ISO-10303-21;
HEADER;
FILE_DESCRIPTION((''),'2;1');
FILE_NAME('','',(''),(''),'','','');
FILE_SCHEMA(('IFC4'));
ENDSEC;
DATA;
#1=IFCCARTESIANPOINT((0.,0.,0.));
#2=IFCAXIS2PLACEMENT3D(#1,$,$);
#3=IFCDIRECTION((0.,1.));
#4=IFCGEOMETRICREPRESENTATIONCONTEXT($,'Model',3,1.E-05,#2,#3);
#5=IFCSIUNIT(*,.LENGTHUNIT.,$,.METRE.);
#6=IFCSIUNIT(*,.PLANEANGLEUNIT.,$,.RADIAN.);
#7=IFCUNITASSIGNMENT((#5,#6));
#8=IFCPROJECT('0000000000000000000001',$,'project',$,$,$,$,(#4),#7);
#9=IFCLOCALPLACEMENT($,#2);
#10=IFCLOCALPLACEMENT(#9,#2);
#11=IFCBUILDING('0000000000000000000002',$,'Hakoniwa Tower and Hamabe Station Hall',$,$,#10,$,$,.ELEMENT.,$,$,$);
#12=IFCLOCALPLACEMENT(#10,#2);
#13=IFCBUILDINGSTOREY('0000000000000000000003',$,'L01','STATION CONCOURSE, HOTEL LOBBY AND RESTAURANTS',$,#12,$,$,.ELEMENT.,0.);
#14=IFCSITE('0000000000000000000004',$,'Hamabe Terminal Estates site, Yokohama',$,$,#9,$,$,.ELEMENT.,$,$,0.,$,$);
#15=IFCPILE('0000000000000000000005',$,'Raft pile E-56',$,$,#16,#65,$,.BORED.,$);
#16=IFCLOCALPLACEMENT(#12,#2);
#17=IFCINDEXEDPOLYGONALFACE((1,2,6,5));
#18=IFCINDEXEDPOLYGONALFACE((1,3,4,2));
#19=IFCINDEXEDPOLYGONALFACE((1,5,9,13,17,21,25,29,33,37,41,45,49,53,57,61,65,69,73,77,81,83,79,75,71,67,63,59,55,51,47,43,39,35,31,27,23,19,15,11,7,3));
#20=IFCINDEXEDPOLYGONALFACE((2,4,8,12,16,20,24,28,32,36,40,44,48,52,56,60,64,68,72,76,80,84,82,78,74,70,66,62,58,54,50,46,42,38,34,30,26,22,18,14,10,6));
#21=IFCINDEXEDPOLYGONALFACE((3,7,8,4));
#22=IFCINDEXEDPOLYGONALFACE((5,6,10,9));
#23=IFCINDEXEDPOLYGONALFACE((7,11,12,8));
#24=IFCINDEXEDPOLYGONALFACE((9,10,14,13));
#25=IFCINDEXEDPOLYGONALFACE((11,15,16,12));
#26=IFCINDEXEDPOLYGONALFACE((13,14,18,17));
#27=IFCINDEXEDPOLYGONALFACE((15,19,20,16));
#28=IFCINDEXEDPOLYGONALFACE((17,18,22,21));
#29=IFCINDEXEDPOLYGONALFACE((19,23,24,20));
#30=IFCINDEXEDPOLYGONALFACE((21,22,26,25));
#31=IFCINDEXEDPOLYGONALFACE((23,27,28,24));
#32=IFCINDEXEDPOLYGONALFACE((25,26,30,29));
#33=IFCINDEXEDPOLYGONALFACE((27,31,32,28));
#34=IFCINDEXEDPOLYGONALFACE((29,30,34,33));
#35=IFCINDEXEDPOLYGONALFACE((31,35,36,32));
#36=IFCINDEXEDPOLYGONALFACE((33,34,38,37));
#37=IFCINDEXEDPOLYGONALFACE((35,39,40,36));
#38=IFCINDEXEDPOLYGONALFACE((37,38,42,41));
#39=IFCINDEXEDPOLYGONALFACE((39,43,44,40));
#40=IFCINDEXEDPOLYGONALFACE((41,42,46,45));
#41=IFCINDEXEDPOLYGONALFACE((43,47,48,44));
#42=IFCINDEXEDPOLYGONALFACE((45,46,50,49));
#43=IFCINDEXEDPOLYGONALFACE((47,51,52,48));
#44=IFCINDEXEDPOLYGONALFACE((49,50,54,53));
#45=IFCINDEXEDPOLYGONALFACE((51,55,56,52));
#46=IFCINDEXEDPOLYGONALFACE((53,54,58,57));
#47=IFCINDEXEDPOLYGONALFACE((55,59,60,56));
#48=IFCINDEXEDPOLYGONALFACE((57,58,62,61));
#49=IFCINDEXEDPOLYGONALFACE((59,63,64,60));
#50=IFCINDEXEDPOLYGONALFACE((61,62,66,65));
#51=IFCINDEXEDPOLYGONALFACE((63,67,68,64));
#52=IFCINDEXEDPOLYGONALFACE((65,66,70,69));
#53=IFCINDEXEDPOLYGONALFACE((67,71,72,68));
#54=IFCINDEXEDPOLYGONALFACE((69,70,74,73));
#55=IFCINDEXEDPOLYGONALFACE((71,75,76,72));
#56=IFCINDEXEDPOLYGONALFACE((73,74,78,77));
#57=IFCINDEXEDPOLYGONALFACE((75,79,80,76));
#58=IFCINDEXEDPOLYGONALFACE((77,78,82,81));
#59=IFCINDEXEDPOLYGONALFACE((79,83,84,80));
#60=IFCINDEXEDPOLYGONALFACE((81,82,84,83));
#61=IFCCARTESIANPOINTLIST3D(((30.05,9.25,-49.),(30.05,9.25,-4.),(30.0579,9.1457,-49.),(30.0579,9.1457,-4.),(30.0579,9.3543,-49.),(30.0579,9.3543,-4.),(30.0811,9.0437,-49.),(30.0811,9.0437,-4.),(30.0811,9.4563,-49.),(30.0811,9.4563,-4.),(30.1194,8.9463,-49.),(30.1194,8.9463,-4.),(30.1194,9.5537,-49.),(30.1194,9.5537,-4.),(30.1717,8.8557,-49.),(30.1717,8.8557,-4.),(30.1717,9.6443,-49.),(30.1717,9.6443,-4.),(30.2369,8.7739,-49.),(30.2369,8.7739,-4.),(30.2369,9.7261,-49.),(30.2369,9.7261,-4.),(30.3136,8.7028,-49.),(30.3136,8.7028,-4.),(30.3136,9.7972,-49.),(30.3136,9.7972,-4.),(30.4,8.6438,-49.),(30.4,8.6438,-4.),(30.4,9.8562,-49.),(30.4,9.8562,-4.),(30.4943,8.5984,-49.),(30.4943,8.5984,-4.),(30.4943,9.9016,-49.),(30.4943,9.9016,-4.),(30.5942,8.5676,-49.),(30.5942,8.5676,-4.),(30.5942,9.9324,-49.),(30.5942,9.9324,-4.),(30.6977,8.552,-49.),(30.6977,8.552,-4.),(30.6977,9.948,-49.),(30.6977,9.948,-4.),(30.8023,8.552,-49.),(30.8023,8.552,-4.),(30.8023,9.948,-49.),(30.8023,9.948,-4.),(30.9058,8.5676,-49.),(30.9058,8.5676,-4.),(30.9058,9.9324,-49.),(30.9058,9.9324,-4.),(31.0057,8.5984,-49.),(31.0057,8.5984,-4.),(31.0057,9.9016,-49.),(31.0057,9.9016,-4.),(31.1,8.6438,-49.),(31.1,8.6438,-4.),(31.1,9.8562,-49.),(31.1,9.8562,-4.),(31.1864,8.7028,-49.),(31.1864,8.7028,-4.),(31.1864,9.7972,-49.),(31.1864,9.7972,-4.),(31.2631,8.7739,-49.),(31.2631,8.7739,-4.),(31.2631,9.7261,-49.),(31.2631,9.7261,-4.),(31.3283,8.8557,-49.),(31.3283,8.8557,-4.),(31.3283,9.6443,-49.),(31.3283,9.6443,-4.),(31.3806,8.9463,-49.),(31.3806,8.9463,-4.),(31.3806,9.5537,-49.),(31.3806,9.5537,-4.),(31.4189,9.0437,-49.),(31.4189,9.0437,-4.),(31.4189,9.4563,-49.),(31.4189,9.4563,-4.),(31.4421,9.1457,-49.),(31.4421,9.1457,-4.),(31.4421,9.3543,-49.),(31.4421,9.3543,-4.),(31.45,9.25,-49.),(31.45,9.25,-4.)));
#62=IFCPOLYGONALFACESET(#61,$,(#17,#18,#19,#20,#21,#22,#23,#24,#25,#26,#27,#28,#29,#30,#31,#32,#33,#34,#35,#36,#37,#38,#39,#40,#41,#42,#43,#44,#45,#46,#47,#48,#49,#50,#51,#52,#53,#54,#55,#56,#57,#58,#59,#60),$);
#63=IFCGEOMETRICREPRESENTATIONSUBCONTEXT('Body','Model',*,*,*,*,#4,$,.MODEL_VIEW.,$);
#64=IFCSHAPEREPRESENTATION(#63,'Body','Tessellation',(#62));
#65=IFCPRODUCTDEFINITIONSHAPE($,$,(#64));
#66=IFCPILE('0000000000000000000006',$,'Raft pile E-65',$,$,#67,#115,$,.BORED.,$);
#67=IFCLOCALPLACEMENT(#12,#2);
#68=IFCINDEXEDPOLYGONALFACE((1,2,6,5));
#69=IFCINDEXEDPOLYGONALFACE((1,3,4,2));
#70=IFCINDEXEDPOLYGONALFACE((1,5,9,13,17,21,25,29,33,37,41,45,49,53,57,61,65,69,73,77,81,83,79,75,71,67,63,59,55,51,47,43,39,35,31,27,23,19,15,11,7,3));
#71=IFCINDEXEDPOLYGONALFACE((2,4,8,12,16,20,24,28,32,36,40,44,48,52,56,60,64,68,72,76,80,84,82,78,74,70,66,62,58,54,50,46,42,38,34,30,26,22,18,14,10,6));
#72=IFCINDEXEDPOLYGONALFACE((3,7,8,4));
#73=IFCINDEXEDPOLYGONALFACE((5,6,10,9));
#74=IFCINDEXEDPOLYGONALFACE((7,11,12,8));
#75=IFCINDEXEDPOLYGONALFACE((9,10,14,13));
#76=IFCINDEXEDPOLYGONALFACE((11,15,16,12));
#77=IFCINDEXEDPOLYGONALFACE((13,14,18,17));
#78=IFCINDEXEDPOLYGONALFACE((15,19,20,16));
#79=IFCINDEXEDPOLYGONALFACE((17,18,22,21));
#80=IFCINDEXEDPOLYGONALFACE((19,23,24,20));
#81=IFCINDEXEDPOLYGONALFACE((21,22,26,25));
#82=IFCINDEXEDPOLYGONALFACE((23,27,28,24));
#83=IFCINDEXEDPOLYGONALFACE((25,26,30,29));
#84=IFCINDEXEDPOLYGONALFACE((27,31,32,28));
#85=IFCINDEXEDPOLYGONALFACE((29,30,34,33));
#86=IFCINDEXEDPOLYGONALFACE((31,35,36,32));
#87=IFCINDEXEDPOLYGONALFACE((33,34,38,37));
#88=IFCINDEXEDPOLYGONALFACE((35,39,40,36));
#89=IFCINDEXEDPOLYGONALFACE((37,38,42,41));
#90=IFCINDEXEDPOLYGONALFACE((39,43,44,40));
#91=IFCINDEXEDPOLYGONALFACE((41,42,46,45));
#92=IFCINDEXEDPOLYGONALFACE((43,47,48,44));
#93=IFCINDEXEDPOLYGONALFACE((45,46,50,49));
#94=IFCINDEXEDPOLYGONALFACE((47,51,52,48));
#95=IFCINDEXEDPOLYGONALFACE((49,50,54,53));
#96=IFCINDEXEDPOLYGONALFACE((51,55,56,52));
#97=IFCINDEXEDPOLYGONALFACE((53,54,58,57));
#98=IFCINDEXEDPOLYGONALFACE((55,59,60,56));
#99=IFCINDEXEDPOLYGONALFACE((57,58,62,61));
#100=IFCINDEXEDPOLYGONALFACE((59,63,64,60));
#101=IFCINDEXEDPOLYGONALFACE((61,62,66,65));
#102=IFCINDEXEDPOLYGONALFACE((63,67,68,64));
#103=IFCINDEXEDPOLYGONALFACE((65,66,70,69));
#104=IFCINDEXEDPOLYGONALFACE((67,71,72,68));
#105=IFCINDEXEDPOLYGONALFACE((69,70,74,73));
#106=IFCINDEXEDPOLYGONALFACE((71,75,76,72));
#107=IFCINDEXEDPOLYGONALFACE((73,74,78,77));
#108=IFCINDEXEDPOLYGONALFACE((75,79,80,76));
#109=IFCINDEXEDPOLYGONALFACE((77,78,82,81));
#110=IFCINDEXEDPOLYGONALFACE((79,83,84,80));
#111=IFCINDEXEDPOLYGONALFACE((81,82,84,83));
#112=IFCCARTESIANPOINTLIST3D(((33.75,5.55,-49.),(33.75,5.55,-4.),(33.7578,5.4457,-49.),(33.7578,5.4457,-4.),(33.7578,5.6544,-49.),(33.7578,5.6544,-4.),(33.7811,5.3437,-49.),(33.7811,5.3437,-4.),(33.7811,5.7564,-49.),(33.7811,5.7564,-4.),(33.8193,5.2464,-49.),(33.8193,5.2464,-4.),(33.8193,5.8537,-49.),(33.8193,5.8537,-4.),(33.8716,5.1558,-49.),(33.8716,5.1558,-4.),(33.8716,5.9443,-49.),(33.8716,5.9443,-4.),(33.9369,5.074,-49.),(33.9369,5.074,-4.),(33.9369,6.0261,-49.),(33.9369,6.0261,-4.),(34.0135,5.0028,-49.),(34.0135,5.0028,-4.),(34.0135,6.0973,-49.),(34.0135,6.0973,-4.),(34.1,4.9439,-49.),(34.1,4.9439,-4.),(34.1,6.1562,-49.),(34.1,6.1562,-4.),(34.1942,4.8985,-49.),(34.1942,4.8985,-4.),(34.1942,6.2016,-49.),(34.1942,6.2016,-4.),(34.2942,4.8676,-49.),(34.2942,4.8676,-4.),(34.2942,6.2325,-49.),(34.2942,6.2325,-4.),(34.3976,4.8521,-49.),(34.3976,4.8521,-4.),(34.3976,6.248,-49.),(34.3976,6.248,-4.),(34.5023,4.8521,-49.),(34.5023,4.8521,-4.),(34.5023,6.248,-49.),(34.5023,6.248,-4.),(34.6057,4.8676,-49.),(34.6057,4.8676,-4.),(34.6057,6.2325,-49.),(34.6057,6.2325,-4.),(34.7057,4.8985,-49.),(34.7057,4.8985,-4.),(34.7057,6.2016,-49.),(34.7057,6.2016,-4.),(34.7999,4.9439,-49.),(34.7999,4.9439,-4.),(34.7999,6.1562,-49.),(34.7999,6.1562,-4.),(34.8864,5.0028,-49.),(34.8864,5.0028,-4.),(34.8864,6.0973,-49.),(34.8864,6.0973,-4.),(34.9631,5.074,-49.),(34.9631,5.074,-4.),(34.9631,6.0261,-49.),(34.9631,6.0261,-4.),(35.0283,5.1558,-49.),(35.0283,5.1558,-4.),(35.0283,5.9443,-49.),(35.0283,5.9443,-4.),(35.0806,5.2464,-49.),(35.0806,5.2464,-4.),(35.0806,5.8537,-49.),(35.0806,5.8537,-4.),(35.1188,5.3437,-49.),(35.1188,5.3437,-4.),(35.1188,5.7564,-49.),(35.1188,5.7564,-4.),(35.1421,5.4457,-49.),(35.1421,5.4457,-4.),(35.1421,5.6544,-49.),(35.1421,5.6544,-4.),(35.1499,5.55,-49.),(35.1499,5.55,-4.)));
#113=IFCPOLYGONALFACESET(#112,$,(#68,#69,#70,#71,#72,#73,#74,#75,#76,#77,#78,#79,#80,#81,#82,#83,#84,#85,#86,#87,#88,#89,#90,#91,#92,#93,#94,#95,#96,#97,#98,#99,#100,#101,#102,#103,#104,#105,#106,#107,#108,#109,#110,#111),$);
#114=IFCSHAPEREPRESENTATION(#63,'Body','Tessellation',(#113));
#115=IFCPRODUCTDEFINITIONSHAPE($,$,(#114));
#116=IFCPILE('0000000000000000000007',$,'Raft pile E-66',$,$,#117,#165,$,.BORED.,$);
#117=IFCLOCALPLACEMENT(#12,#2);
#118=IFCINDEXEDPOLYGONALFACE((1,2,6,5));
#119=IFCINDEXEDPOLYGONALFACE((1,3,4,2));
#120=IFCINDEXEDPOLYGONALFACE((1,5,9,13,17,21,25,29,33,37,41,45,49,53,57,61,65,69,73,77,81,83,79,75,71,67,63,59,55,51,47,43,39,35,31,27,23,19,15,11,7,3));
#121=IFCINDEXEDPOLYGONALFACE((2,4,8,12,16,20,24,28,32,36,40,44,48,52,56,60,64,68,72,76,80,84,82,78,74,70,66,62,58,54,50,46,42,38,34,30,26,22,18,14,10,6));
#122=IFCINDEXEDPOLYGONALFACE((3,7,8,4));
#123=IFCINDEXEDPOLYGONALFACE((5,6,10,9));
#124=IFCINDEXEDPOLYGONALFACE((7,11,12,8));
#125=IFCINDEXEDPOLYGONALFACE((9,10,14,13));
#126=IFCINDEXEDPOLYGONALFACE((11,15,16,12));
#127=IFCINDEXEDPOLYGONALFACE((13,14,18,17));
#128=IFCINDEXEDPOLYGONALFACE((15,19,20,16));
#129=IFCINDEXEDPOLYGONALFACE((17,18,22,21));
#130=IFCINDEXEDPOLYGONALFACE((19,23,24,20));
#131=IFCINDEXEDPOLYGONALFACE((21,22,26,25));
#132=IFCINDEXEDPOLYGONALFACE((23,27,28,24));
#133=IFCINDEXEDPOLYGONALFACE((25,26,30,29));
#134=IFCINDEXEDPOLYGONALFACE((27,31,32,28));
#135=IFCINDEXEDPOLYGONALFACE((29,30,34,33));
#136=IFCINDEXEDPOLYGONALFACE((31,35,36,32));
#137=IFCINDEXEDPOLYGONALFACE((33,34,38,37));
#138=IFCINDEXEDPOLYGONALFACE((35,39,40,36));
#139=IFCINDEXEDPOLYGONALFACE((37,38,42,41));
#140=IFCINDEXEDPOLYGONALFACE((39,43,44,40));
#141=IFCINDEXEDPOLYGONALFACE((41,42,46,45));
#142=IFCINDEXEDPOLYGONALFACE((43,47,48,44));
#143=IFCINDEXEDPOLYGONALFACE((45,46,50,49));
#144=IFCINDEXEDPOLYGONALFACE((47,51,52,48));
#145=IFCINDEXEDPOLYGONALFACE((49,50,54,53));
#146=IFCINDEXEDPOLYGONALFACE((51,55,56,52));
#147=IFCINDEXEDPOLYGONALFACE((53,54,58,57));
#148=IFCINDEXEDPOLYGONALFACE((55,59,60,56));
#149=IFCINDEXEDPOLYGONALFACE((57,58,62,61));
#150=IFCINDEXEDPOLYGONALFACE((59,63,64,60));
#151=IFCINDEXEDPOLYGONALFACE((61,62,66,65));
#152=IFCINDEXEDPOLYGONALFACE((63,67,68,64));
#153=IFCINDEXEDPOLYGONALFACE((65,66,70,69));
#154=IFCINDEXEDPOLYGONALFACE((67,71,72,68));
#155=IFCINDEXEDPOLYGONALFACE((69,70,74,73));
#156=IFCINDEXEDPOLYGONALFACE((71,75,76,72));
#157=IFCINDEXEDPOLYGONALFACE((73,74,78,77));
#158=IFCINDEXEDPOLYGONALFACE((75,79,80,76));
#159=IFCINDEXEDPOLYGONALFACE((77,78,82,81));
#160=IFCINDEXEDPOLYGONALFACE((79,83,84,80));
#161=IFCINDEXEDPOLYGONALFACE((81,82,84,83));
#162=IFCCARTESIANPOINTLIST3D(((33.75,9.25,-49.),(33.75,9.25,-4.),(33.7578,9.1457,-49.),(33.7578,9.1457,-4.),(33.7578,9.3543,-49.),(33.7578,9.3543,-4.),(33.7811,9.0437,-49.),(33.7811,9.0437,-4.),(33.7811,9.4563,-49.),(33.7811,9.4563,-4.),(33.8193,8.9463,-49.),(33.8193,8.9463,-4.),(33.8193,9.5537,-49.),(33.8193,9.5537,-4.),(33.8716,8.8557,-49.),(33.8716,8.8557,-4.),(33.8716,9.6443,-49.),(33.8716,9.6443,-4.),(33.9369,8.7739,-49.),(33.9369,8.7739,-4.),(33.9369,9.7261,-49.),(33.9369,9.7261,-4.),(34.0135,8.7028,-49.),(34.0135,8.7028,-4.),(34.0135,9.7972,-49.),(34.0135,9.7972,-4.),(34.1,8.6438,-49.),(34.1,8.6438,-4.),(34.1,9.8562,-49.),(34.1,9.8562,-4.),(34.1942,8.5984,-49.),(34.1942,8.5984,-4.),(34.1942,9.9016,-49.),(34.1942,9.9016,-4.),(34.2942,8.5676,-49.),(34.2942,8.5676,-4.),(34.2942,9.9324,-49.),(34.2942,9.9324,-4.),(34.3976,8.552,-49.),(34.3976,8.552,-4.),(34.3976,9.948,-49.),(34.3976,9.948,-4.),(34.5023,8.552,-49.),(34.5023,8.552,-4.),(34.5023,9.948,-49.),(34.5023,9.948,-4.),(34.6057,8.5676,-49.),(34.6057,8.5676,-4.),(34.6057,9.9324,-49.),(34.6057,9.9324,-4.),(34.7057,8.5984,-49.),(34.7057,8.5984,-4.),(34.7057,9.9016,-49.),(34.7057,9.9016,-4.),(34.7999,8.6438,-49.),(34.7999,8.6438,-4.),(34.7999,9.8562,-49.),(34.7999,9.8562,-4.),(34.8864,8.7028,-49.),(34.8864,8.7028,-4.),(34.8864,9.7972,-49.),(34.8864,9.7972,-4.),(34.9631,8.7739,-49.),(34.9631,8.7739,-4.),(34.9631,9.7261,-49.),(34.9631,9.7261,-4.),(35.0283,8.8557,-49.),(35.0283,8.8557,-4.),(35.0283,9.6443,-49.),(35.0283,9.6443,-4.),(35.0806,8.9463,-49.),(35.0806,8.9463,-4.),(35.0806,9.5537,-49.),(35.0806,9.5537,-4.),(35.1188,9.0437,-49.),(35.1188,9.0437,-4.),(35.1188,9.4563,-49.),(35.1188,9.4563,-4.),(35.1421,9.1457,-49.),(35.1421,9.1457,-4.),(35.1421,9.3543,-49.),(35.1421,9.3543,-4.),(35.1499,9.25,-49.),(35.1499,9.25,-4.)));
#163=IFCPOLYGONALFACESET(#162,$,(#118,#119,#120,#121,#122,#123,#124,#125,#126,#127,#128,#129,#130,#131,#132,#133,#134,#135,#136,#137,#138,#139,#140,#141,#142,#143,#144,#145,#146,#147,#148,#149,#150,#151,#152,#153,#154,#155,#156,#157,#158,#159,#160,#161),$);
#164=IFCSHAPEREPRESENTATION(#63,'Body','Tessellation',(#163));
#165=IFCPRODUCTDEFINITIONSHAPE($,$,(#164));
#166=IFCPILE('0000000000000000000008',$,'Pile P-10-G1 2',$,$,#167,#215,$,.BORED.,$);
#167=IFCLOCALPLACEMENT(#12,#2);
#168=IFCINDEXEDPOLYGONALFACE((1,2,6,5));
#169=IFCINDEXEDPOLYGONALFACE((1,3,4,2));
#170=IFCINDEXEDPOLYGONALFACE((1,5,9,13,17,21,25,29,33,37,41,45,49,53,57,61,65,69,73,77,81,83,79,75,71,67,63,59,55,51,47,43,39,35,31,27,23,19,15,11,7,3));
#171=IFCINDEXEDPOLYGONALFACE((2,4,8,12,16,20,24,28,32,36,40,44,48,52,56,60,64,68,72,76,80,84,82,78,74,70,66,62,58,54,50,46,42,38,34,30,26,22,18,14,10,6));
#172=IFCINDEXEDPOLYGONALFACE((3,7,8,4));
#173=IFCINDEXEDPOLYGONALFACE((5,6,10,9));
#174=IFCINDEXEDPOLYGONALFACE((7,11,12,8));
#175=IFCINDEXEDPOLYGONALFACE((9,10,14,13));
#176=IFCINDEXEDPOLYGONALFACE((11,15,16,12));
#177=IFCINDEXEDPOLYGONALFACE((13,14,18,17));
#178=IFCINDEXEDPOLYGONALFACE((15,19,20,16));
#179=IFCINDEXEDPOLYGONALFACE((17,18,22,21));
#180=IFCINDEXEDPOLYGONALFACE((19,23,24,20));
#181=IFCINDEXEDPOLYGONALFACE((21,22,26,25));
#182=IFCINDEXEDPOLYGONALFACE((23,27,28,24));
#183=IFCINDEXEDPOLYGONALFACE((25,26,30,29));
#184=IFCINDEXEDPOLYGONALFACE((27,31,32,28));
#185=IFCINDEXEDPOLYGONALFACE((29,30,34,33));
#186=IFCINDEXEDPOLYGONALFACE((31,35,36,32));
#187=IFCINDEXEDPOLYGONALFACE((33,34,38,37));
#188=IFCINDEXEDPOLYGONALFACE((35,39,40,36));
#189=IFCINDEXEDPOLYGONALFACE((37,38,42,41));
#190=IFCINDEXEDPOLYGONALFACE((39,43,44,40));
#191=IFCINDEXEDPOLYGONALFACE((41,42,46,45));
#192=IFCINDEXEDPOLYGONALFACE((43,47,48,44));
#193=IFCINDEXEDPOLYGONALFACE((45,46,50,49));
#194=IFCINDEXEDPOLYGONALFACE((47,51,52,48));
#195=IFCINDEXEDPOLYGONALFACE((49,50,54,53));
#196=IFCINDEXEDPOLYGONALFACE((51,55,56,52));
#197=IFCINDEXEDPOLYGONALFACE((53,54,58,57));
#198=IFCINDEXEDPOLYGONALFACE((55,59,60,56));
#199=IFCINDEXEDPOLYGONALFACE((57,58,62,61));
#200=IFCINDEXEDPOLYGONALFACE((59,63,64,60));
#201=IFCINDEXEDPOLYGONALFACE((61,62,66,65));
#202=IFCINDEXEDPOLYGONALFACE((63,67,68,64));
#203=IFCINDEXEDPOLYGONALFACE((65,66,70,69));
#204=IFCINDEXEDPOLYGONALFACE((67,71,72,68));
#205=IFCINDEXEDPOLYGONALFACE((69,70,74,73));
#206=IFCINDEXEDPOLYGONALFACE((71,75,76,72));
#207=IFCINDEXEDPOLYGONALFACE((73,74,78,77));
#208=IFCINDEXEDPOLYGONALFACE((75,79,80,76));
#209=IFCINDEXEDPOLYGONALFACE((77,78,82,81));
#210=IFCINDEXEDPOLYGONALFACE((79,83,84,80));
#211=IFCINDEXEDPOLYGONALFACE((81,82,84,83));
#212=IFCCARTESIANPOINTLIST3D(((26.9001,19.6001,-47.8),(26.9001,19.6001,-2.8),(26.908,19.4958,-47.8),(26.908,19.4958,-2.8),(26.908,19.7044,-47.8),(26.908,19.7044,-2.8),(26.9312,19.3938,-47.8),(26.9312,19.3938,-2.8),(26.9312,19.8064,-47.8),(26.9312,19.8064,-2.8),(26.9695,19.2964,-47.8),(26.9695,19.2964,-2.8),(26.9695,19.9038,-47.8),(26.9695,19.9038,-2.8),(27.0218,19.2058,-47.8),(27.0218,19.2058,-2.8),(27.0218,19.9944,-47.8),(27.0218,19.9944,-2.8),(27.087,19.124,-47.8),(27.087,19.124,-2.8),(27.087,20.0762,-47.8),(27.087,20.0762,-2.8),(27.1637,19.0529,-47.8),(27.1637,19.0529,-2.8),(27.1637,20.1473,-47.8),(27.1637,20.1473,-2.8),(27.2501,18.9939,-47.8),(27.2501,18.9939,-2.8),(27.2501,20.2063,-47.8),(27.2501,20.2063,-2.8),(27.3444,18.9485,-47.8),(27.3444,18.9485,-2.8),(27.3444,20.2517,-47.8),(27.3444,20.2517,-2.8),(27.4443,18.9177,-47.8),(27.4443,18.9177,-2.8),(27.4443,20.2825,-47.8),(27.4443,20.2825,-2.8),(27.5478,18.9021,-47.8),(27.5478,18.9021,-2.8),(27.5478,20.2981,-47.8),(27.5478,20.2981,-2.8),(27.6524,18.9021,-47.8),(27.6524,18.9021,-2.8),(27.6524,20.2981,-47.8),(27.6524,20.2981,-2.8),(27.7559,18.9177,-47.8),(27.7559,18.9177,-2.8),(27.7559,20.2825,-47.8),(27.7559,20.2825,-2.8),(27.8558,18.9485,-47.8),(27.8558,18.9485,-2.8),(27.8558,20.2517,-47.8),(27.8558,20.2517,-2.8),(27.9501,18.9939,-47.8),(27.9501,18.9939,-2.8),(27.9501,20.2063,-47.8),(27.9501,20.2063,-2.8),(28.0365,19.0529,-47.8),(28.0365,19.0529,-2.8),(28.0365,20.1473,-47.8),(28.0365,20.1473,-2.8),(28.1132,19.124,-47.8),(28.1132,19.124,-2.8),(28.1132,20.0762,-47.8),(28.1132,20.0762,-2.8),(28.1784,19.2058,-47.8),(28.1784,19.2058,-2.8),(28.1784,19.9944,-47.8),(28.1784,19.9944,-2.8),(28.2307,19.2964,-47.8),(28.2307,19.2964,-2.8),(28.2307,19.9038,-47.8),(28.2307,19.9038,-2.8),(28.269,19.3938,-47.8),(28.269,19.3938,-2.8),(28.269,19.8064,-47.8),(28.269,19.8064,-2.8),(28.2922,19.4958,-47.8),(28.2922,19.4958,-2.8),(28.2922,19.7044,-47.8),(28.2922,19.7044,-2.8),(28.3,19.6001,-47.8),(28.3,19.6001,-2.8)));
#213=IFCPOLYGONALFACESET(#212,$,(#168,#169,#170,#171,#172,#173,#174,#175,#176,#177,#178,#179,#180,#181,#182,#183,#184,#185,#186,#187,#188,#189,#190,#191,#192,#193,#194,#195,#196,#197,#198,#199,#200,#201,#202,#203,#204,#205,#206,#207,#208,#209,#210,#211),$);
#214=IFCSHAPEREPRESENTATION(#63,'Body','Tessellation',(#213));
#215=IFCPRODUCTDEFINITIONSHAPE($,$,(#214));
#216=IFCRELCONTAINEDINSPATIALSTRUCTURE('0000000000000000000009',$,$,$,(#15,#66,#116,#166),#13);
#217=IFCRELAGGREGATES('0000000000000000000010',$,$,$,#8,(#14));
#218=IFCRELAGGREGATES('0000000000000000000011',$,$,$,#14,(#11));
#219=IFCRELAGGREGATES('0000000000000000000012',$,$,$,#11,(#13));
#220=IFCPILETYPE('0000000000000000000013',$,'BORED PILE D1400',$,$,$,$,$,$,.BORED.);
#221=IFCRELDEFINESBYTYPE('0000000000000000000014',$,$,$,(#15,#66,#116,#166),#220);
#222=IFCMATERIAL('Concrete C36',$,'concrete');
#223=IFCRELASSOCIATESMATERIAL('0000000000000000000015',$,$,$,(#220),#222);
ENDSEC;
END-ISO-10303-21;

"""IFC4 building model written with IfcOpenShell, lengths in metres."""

from ifc_helpers import new_model, si_unit, direction, frame, origin, origin_2d, place, context, subcontext, project, spatial, circle, extrude, material, material_profile, profile_set, type_object, element, save


model = new_model("IFC4")

# Units and contexts
model_context = context("Model", 3, precision=1e-05, world=origin(), true_north=direction((0.0, 1.0)))
body_context = subcontext(model_context, "Body", "Model", "MODEL_VIEW")
ifc_project = project(units=[si_unit("LENGTHUNIT", "METRE"), si_unit("PLANEANGLEUNIT", "RADIAN")], contexts=[model_context])

# Site, building, storey
site_placement = place(None, origin())
site = spatial("IfcSite", under=ifc_project, at=site_placement, Name="Hamabe Terminal Estates site, Yokohama", CompositionType="ELEMENT", RefElevation=0.0)
building_placement = place(site_placement, origin())
building = spatial("IfcBuilding", under=site, at=building_placement, Name="Hakoniwa Tower and Hamabe Station Hall", CompositionType="ELEMENT")
storey_placement = place(building_placement, origin())
storey = spatial("IfcBuildingStorey", under=building, at=storey_placement, Name="L01", Description="STATION CONCOURSE, HOTEL LOBBY AND RESTAURANTS", CompositionType="ELEMENT", Elevation=0.0)

# Piles
ifc_material_1 = material(Name="Concrete C36", Category="concrete")
ifc_material_profile_1 = material_profile(ifc_material_1, circle(Radius=0.7, at=origin_2d()), Name="BORED PILE D1400")
ifc_profile_set_1 = profile_set([ifc_material_profile_1], Name="Concrete C36")
pile_type = type_object("IfcPileType", Name="BORED PILE D1400", PredefinedType="BORED", material=ifc_profile_set_1)
for number, where, z_axis, x_axis, name in (
    (1, (30.75, 9.25, -4.0), (0.0, 0.0, -1.0), (1.0, 0.0, 0.0), "Raft pile E-56"),
    (2, (34.45, 5.55, -4.0), (0.0, 0.0, -1.0), (1.0, 0.0, 0.0), "Raft pile E-65"),
    (3, (34.45, 9.25, -4.0), (0.0, 0.0, -1.0), (1.0, 0.0, 0.0), "Raft pile E-66"),
    (4, (27.6001, 19.6001, -2.8), (0.0, 0.0, -1.0), (1.0, 0.0, 0.0), "Pile P-10-G1 2"),
):
    element("IfcPile", number, at=place(storey_placement, frame(where, z_axis=z_axis, x_axis=x_axis)), inside=storey, type_object=pile_type, Name=name, PredefinedType="BORED", context=body_context, shape_type="SweptSolid", body=[
        extrude(circle(Radius=0.7, at=origin_2d()), origin(), (0.0, 0.0, 1.0), 45.0),
    ])

save(model, "model.ifc")
